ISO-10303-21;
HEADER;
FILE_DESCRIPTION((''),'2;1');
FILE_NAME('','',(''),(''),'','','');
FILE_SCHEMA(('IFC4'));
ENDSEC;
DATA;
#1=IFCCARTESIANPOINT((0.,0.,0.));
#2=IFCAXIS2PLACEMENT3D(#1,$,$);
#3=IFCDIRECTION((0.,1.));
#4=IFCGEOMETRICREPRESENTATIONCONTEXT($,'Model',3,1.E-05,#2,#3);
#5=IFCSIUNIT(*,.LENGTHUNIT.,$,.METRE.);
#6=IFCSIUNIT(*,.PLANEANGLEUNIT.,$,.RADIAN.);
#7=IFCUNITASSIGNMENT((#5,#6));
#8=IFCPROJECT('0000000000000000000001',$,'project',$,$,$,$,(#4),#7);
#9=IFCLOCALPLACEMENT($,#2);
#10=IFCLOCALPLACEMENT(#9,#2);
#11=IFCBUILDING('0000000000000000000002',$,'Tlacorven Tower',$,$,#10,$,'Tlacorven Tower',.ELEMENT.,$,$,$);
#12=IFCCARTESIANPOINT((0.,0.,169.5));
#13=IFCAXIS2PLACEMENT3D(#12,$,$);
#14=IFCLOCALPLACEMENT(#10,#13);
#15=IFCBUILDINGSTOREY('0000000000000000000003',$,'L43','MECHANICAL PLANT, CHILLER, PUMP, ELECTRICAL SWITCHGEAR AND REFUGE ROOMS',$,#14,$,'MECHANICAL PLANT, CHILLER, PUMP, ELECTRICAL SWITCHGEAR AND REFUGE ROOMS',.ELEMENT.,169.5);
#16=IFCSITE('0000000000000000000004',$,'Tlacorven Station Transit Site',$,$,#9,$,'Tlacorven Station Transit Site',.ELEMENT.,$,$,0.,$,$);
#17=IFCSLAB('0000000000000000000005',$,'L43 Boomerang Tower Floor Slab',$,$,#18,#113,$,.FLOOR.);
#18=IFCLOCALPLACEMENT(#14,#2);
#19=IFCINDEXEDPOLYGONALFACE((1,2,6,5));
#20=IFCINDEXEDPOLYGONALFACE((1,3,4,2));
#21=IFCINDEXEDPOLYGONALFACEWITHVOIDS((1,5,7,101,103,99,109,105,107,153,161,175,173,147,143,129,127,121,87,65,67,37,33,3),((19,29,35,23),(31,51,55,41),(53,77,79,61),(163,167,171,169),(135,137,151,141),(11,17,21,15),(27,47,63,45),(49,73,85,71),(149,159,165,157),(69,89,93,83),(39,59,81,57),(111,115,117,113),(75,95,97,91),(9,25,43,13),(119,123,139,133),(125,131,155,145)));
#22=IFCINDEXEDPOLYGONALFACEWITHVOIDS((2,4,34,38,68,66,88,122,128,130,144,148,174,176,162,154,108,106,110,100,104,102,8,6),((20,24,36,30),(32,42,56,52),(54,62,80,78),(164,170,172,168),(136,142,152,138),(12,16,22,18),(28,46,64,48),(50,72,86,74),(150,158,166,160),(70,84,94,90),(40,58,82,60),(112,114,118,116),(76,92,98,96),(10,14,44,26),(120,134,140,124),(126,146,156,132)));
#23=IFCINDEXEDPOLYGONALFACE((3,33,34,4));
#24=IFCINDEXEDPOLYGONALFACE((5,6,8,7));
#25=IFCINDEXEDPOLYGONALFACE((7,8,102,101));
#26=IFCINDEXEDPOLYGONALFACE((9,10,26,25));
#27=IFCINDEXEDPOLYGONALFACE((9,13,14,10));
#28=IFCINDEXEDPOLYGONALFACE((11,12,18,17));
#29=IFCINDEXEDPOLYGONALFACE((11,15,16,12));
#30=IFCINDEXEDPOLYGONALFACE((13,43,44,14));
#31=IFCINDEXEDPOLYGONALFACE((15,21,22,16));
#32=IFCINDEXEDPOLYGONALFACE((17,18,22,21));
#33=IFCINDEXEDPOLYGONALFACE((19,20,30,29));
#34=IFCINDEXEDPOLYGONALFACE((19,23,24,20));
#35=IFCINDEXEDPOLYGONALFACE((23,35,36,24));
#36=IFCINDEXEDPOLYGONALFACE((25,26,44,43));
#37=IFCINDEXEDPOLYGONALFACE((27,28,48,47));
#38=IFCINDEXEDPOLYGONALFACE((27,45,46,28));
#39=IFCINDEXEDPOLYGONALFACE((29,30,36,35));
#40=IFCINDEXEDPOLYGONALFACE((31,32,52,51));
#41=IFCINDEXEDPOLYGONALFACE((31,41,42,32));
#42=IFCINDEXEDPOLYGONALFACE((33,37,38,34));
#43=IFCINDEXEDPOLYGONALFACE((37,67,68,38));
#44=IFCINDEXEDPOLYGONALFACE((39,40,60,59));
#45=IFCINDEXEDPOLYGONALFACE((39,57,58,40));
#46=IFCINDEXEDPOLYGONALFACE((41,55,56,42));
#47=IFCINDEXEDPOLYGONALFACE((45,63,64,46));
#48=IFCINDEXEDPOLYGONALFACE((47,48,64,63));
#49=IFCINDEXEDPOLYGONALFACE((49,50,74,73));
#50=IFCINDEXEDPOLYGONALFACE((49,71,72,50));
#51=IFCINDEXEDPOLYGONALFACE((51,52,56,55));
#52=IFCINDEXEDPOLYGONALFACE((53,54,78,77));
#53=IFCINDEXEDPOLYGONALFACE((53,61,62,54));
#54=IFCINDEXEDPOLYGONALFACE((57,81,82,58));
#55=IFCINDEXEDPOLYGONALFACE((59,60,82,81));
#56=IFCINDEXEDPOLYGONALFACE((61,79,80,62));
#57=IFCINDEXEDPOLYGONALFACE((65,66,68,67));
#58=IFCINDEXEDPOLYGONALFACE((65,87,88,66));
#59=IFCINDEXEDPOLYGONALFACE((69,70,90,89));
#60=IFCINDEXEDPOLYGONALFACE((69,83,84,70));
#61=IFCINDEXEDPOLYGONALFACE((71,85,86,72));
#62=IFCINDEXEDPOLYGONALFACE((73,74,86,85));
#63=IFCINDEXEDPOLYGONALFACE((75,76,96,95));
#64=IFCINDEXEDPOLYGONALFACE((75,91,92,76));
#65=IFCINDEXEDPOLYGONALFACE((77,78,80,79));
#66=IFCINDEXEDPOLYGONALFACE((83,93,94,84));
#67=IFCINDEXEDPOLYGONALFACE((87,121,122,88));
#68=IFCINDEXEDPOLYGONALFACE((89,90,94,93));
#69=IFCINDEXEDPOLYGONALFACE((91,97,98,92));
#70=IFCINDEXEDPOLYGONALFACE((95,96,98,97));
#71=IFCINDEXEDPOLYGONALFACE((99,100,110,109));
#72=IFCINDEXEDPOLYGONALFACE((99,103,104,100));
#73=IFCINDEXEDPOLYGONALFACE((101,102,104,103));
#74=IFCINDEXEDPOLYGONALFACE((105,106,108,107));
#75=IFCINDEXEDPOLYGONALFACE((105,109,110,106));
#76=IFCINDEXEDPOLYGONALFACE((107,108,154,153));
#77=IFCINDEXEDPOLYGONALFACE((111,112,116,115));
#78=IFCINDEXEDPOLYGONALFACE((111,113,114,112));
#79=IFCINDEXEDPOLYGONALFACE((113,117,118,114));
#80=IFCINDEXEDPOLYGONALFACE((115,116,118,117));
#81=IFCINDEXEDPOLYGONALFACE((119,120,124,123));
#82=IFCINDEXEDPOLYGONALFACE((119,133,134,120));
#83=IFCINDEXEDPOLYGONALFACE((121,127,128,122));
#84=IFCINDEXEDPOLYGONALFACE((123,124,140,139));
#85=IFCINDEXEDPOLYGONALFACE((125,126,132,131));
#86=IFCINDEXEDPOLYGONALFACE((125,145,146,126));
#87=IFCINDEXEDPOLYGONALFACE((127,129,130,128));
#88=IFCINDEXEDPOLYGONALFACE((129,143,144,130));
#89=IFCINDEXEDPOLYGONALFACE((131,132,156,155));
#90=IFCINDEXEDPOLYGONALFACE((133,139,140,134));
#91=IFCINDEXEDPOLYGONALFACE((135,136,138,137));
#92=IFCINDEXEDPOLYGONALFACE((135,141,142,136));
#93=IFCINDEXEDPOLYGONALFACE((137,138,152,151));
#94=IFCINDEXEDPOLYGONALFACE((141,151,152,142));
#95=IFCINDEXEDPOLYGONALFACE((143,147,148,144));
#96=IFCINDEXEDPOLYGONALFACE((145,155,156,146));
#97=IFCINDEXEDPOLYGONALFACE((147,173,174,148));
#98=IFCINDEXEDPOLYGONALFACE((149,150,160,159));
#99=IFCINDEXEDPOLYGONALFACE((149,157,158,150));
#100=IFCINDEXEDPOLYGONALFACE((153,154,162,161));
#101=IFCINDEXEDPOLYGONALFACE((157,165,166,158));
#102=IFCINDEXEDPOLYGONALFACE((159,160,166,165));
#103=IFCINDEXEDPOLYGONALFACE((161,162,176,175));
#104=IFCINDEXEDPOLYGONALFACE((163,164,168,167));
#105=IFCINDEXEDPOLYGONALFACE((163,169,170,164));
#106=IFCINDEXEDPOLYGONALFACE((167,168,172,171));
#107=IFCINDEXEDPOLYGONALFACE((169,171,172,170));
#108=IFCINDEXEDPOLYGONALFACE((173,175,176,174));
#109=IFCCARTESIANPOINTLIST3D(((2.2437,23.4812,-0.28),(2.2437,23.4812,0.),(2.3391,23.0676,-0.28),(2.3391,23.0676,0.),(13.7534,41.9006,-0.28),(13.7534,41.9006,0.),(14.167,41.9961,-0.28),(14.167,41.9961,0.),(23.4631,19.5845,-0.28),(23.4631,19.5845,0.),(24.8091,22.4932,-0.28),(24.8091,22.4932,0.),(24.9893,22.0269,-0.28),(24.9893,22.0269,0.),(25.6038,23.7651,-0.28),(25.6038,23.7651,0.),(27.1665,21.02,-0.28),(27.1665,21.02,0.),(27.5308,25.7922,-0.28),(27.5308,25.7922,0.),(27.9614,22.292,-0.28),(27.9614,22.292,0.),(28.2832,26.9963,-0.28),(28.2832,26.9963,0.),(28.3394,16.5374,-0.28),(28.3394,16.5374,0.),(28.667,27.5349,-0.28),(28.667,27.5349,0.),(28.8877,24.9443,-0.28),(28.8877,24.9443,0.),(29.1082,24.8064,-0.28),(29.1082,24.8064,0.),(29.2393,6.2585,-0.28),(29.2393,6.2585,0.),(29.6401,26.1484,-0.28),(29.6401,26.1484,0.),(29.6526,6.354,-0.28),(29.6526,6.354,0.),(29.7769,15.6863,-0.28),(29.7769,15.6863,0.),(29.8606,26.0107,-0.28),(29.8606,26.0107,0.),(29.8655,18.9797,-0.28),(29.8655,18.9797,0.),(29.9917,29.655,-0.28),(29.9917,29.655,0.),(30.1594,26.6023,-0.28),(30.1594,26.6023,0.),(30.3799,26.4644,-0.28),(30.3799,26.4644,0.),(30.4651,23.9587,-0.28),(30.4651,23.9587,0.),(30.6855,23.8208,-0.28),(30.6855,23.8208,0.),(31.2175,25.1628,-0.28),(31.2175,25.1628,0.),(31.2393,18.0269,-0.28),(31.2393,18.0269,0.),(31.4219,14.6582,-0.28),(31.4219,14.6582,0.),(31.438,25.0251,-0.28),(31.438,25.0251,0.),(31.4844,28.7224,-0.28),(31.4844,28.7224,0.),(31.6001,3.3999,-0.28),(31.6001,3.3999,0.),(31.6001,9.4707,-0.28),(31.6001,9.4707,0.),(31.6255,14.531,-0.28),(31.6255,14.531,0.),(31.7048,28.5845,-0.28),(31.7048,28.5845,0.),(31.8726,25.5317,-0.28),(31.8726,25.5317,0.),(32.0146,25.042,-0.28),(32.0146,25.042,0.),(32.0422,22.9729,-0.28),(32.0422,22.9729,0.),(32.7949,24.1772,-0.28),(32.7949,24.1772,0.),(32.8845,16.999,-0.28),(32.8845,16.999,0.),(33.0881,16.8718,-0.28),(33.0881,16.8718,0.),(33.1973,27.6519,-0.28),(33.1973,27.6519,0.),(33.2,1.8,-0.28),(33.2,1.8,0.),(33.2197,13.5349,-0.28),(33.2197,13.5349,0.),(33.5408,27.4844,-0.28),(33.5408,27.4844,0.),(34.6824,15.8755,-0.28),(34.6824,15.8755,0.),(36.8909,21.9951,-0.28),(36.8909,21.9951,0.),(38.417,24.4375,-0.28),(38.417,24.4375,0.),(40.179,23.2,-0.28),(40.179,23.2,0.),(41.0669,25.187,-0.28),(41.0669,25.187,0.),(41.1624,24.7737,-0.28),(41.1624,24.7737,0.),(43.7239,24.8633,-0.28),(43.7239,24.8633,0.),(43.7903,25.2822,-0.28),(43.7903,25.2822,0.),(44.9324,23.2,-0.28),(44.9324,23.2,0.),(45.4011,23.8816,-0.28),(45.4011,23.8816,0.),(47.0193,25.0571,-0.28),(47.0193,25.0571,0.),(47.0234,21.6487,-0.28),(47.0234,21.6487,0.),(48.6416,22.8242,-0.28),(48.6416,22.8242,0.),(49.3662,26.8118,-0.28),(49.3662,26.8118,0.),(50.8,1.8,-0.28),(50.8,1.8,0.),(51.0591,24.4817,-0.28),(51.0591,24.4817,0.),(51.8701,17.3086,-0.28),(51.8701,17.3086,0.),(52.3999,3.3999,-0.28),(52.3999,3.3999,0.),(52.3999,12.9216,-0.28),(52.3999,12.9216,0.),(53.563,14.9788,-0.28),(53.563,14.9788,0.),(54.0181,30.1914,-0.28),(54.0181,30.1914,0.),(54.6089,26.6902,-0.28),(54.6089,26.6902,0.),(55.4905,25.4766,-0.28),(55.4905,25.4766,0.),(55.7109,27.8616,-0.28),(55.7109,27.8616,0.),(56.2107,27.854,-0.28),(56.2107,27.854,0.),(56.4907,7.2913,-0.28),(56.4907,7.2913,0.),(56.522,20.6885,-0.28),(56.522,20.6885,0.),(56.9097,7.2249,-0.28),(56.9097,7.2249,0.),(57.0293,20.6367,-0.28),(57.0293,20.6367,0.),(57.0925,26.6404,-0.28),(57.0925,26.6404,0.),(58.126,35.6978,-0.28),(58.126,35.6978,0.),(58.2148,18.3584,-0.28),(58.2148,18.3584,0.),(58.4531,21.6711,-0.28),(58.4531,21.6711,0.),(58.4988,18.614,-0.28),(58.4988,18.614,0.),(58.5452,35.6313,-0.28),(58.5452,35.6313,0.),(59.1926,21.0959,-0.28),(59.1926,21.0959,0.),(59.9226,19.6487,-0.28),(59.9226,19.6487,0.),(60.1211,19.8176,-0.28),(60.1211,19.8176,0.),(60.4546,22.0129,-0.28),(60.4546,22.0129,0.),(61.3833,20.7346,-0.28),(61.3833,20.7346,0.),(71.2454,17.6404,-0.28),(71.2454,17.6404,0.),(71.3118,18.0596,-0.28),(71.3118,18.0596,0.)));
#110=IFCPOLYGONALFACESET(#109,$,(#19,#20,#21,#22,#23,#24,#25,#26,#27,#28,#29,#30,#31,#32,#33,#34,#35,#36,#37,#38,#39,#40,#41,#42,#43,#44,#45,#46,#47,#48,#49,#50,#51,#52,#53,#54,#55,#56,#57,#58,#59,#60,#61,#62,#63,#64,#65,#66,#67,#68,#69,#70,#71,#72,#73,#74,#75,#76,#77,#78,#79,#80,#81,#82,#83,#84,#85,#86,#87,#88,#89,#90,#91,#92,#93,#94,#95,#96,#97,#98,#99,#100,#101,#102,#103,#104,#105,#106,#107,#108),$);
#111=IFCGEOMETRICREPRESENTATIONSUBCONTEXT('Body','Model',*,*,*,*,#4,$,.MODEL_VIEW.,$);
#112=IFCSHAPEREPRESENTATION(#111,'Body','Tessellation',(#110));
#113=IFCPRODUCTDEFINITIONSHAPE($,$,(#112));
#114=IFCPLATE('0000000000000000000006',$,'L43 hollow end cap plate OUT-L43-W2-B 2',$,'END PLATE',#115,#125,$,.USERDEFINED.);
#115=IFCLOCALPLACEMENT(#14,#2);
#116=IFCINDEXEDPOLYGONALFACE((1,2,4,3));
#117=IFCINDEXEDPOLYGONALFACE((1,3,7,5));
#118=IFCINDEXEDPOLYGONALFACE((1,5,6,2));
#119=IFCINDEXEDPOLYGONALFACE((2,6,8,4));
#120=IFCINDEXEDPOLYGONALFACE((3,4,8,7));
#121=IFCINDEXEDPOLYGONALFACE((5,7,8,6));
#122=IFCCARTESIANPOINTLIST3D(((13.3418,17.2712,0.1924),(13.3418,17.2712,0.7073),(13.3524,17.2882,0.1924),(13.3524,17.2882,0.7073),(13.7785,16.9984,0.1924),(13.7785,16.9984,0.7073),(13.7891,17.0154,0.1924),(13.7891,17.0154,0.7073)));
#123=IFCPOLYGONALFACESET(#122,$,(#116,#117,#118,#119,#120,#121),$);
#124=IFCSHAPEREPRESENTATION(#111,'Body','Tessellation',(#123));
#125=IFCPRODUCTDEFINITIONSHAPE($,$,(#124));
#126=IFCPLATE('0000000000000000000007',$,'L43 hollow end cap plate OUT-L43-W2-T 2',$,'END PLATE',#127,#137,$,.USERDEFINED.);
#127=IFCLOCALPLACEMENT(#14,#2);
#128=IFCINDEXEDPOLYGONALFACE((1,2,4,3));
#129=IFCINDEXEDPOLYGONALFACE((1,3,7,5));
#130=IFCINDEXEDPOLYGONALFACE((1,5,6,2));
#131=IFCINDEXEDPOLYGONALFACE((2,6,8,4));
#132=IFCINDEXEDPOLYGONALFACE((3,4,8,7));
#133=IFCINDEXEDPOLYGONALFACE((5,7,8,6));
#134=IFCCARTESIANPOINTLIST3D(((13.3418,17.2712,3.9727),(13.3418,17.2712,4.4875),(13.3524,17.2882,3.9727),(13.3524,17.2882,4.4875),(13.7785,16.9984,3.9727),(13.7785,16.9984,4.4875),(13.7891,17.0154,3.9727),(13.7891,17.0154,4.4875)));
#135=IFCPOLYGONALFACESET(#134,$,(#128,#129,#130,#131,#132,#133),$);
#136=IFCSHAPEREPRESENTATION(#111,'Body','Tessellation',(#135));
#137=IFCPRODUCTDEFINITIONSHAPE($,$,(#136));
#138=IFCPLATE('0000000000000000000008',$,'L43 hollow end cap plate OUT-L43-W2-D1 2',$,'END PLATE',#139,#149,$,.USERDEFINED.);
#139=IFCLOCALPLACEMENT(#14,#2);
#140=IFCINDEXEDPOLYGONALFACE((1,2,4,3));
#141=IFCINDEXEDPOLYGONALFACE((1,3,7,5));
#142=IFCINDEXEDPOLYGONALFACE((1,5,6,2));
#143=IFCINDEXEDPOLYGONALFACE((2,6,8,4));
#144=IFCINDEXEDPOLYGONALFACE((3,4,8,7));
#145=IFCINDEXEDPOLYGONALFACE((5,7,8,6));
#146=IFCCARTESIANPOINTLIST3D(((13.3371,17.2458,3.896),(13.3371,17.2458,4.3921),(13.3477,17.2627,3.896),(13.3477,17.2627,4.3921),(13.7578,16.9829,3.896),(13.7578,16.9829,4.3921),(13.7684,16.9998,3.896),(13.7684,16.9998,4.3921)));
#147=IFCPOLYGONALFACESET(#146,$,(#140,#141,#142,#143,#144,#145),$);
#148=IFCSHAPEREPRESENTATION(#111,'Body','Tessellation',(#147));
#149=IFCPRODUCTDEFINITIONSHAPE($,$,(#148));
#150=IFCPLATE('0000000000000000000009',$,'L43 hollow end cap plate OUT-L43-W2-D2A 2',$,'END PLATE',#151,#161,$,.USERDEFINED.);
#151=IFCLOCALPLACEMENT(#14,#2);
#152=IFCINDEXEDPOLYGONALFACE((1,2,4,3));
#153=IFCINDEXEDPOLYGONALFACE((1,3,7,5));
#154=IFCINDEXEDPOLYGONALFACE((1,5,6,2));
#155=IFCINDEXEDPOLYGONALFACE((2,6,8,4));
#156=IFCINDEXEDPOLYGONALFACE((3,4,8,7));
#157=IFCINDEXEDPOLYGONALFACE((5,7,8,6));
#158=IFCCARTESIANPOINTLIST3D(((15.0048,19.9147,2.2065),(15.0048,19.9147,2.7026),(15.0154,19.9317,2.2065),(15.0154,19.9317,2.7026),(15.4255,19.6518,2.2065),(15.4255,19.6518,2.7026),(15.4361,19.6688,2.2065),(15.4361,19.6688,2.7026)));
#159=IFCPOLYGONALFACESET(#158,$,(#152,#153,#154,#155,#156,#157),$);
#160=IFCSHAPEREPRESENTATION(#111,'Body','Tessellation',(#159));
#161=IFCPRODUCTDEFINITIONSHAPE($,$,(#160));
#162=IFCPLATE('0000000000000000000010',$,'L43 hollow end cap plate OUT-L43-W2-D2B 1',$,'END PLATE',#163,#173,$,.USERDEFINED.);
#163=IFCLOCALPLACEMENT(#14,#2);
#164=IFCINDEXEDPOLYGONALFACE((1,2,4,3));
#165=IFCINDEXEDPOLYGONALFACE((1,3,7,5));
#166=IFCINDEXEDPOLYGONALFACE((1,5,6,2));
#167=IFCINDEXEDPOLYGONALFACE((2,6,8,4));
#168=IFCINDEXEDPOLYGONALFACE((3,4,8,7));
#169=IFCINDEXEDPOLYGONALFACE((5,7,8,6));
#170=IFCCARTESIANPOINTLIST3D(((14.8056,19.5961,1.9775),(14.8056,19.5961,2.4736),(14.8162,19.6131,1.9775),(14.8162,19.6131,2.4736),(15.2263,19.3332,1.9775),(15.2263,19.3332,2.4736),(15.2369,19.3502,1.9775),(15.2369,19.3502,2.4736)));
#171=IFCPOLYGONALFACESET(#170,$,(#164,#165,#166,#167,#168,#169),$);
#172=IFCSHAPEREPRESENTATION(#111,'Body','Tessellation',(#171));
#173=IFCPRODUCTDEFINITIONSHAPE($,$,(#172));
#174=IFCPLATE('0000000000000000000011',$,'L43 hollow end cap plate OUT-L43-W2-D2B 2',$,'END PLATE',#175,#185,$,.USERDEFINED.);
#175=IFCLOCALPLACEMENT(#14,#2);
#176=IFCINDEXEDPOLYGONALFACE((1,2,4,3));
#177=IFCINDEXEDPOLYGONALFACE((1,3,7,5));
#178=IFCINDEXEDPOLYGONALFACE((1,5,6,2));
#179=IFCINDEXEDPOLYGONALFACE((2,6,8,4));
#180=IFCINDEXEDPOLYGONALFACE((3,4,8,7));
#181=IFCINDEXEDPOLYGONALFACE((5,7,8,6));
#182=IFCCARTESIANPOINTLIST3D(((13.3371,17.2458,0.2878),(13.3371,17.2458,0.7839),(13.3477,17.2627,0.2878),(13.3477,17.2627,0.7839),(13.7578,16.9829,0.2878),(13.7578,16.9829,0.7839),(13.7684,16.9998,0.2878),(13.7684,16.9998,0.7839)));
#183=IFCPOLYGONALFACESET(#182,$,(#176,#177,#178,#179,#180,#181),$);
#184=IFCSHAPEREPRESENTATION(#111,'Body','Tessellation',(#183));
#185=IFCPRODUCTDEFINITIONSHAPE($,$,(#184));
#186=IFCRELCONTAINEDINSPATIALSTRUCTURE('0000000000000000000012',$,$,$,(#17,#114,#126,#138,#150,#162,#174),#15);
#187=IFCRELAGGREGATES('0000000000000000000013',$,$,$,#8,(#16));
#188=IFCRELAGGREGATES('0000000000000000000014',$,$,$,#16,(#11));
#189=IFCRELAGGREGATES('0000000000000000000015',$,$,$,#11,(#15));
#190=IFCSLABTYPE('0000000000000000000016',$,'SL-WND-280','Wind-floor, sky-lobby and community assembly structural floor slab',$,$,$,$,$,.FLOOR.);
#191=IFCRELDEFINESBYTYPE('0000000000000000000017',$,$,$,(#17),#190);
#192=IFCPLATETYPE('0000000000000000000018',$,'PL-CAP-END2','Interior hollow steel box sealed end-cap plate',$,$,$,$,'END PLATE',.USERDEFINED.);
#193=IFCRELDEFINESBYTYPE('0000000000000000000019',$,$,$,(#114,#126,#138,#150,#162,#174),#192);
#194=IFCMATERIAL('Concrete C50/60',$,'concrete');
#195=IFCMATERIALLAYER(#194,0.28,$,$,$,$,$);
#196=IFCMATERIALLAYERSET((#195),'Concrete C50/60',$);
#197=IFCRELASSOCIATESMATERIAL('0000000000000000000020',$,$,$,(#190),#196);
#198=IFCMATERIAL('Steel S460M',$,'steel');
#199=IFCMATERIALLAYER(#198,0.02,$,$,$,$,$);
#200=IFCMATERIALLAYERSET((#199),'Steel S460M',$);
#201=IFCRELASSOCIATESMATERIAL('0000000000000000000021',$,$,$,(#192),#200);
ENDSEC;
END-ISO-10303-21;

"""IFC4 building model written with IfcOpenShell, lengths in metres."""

from ifc_helpers import new_model, si_unit, direction, frame, origin, origin_2d, place, context, subcontext, project, spatial, polyline, rectangle, outline, extrude, source, transform, mapped, material, layer, layer_set, type_object, element, save


model = new_model("IFC4")

# Units and contexts
model_context = context("Model", 3, precision=1e-05, world=origin(), true_north=direction((0.0, 1.0)))
body_context = subcontext(model_context, "Body", "Model", "MODEL_VIEW")
ifc_project = project(units=[si_unit("LENGTHUNIT", "METRE"), si_unit("PLANEANGLEUNIT", "RADIAN")], contexts=[model_context])

# Site, building, storey
site_placement = place(None, origin())
site = spatial("IfcSite", under=ifc_project, at=site_placement, Name="Tlacorven Station Transit Site", LongName="Tlacorven Station Transit Site", CompositionType="ELEMENT", RefElevation=0.0)
building_placement = place(site_placement, origin())
building = spatial("IfcBuilding", under=site, at=building_placement, Name="Tlacorven Tower", LongName="Tlacorven Tower", CompositionType="ELEMENT")
storey_placement = place(building_placement, frame((0.0, 0.0, 169.5)))
storey = spatial("IfcBuildingStorey", under=building, at=storey_placement, Name="L43", Description="MECHANICAL PLANT, CHILLER, PUMP, ELECTRICAL SWITCHGEAR AND REFUGE ROOMS", LongName="MECHANICAL PLANT, CHILLER, PUMP, ELECTRICAL SWITCHGEAR AND REFUGE ROOMS", CompositionType="ELEMENT", Elevation=169.5)

# Shared definitions
ifc_material_1 = material(Name="Steel S460M", Category="steel")

# Slab
ifc_material_2 = material(Name="Concrete C50/60", Category="concrete")
ifc_layer_1 = layer(ifc_material_2, 0.28)
ifc_layer_set_1 = layer_set([ifc_layer_1], Name="Concrete C50/60")
slab_type_1 = type_object("IfcSlabType", Name="SL-WND-280", Description="Wind-floor, sky-lobby and community assembly structural floor slab", PredefinedType="FLOOR", material=ifc_layer_set_1)
slab_1_placement = place(storey_placement, frame((0.0, 0.0, -0.28)))
element("IfcSlab", 1, at=slab_1_placement, inside=storey, type_object=slab_type_1, Name="L43 Boomerang Tower Floor Slab", PredefinedType="FLOOR", context=body_context, shape_type="SweptSolid", body=[
    extrude(outline(polyline([(52.3999, 3.3999), (50.8, 1.8), (33.2, 1.8), (31.6001, 3.3999), (31.6001, 9.4707), (29.6526, 6.354), (29.2393, 6.2585), (2.3391, 23.0676), (2.2437, 23.4812), (13.7534, 41.9006), (14.167, 41.9961), (41.0669, 25.187), (41.1624, 24.7737), (40.179, 23.2), (44.9324, 23.2), (43.7239, 24.8633), (43.7903, 25.2822), (58.126, 35.6978), (58.5452, 35.6313), (71.3118, 18.0596), (71.2454, 17.6404), (56.9097, 7.2249), (56.4907, 7.2913), (52.3999, 12.9216), (52.3999, 3.3999)]), holes=[polyline([(29.8655, 18.9797), (24.9893, 22.0269), (23.4631, 19.5845), (28.3394, 16.5374), (29.8655, 18.9797)]), polyline([(38.417, 24.4375), (33.5408, 27.4844), (32.0146, 25.042), (36.8909, 21.9951), (38.417, 24.4375)]), polyline([(51.0591, 24.4817), (55.7109, 27.8616), (54.0181, 30.1914), (49.3662, 26.8118), (51.0591, 24.4817)]), polyline([(53.563, 14.9788), (58.2148, 18.3584), (56.522, 20.6885), (51.8701, 17.3086), (53.563, 14.9788)]), polyline([(34.6824, 15.8755), (33.0881, 16.8718), (31.6255, 14.531), (33.2197, 13.5349), (34.6824, 15.8755)]), polyline([(32.8845, 16.999), (31.2393, 18.0269), (29.7769, 15.6863), (31.4219, 14.6582), (32.8845, 16.999)]), polyline([(47.0234, 21.6487), (48.6416, 22.8242), (47.0193, 25.0571), (45.4011, 23.8816), (47.0234, 21.6487)]), polyline([(33.1973, 27.6519), (31.7048, 28.5845), (30.3799, 26.4644), (31.8726, 25.5317), (33.1973, 27.6519)]), polyline([(31.4844, 28.7224), (29.9917, 29.655), (28.667, 27.5349), (30.1594, 26.6023), (31.4844, 28.7224)]), polyline([(32.7949, 24.1772), (31.438, 25.0251), (30.6855, 23.8208), (32.0422, 22.9729), (32.7949, 24.1772)]), polyline([(31.2175, 25.1628), (29.8606, 26.0107), (29.1082, 24.8064), (30.4651, 23.9587), (31.2175, 25.1628)]), polyline([(29.6401, 26.1484), (28.2832, 26.9963), (27.5308, 25.7922), (28.8877, 24.9443), (29.6401, 26.1484)]), polyline([(58.4988, 18.614), (59.9226, 19.6487), (58.4531, 21.6711), (57.0293, 20.6367), (58.4988, 18.614)]), polyline([(27.9614, 22.292), (25.6038, 23.7651), (24.8091, 22.4932), (27.1665, 21.02), (27.9614, 22.292)]), polyline([(55.4905, 25.4766), (57.0925, 26.6404), (56.2107, 27.854), (54.6089, 26.6902), (55.4905, 25.4766)]), polyline([(60.1211, 19.8176), (61.3833, 20.7346), (60.4546, 22.0129), (59.1926, 21.0959), (60.1211, 19.8176)])]), origin(), (0.0, 0.0, 1.0), 0.28),
])

# Plates
ifc_layer_2 = layer(ifc_material_1, 0.02)
ifc_layer_set_2 = layer_set([ifc_layer_2], Name="Steel S460M")
plate_type_1 = type_object("IfcPlateType", Name="PL-CAP-END2", Description="Interior hollow steel box sealed end-cap plate", ElementType="END PLATE", PredefinedType="USERDEFINED", material=ifc_layer_set_2)
shared_shape_1 = source(origin(), body_context, "Body", "SweptSolid", [
    extrude(rectangle(XDim=0.02, YDim=0.5149, at=origin_2d()), origin(), (0.0, 0.0, 1.0), 0.5149),
])
for number, where, z_axis, x_axis, name in (
    (2, (13.5654, 17.1433, 0.1924), (0.0, 0.0, 1.0), (-0.529919, -0.848048, 0.0), "L43 hollow end cap plate OUT-L43-W2-B 2"),
    (3, (13.5654, 17.1433, 3.9727), (0.0, 0.0, 1.0), (-0.529919, -0.848048, 0.0), "L43 hollow end cap plate OUT-L43-W2-T 2"),
):
    element("IfcPlate", number, at=place(storey_placement, frame(where, z_axis=z_axis, x_axis=x_axis)), inside=storey, type_object=plate_type_1, Name=name, ObjectType="END PLATE", PredefinedType="USERDEFINED", context=body_context, shape_type="MappedRepresentation", body=[
        mapped(shared_shape_1, transform((0.0, 0.0, 0.0), scale=1.0)),
    ])
shared_shape_2 = source(origin(), body_context, "Body", "SweptSolid", [
    extrude(rectangle(XDim=0.02, YDim=0.4961, at=origin_2d()), origin(), (0.0, 0.0, 1.0), 0.4961),
])
for number, where, z_axis, x_axis, name in (
    (4, (13.5527, 17.1228, 3.896), (0.0, 0.0, 1.0), (-0.529919, -0.848048, 0.0), "L43 hollow end cap plate OUT-L43-W2-D1 2"),
    (5, (15.2205, 19.7917, 2.2065), (0.0, 0.0, 1.0), (-0.52992, -0.848048, 0.0), "L43 hollow end cap plate OUT-L43-W2-D2A 2"),
    (6, (15.0212, 19.4731, 1.9775), (0.0, 0.0, 1.0), (-0.529918, -0.848049, 0.0), "L43 hollow end cap plate OUT-L43-W2-D2B 1"),
    (7, (13.5527, 17.1228, 0.2878), (0.0, 0.0, 1.0), (-0.529918, -0.848049, 0.0), "L43 hollow end cap plate OUT-L43-W2-D2B 2"),
):
    element("IfcPlate", number, at=place(storey_placement, frame(where, z_axis=z_axis, x_axis=x_axis)), inside=storey, type_object=plate_type_1, Name=name, ObjectType="END PLATE", PredefinedType="USERDEFINED", context=body_context, shape_type="MappedRepresentation", body=[
        mapped(shared_shape_2, transform((0.0, 0.0, 0.0), scale=1.0)),
    ])

save(model, "model.ifc")
